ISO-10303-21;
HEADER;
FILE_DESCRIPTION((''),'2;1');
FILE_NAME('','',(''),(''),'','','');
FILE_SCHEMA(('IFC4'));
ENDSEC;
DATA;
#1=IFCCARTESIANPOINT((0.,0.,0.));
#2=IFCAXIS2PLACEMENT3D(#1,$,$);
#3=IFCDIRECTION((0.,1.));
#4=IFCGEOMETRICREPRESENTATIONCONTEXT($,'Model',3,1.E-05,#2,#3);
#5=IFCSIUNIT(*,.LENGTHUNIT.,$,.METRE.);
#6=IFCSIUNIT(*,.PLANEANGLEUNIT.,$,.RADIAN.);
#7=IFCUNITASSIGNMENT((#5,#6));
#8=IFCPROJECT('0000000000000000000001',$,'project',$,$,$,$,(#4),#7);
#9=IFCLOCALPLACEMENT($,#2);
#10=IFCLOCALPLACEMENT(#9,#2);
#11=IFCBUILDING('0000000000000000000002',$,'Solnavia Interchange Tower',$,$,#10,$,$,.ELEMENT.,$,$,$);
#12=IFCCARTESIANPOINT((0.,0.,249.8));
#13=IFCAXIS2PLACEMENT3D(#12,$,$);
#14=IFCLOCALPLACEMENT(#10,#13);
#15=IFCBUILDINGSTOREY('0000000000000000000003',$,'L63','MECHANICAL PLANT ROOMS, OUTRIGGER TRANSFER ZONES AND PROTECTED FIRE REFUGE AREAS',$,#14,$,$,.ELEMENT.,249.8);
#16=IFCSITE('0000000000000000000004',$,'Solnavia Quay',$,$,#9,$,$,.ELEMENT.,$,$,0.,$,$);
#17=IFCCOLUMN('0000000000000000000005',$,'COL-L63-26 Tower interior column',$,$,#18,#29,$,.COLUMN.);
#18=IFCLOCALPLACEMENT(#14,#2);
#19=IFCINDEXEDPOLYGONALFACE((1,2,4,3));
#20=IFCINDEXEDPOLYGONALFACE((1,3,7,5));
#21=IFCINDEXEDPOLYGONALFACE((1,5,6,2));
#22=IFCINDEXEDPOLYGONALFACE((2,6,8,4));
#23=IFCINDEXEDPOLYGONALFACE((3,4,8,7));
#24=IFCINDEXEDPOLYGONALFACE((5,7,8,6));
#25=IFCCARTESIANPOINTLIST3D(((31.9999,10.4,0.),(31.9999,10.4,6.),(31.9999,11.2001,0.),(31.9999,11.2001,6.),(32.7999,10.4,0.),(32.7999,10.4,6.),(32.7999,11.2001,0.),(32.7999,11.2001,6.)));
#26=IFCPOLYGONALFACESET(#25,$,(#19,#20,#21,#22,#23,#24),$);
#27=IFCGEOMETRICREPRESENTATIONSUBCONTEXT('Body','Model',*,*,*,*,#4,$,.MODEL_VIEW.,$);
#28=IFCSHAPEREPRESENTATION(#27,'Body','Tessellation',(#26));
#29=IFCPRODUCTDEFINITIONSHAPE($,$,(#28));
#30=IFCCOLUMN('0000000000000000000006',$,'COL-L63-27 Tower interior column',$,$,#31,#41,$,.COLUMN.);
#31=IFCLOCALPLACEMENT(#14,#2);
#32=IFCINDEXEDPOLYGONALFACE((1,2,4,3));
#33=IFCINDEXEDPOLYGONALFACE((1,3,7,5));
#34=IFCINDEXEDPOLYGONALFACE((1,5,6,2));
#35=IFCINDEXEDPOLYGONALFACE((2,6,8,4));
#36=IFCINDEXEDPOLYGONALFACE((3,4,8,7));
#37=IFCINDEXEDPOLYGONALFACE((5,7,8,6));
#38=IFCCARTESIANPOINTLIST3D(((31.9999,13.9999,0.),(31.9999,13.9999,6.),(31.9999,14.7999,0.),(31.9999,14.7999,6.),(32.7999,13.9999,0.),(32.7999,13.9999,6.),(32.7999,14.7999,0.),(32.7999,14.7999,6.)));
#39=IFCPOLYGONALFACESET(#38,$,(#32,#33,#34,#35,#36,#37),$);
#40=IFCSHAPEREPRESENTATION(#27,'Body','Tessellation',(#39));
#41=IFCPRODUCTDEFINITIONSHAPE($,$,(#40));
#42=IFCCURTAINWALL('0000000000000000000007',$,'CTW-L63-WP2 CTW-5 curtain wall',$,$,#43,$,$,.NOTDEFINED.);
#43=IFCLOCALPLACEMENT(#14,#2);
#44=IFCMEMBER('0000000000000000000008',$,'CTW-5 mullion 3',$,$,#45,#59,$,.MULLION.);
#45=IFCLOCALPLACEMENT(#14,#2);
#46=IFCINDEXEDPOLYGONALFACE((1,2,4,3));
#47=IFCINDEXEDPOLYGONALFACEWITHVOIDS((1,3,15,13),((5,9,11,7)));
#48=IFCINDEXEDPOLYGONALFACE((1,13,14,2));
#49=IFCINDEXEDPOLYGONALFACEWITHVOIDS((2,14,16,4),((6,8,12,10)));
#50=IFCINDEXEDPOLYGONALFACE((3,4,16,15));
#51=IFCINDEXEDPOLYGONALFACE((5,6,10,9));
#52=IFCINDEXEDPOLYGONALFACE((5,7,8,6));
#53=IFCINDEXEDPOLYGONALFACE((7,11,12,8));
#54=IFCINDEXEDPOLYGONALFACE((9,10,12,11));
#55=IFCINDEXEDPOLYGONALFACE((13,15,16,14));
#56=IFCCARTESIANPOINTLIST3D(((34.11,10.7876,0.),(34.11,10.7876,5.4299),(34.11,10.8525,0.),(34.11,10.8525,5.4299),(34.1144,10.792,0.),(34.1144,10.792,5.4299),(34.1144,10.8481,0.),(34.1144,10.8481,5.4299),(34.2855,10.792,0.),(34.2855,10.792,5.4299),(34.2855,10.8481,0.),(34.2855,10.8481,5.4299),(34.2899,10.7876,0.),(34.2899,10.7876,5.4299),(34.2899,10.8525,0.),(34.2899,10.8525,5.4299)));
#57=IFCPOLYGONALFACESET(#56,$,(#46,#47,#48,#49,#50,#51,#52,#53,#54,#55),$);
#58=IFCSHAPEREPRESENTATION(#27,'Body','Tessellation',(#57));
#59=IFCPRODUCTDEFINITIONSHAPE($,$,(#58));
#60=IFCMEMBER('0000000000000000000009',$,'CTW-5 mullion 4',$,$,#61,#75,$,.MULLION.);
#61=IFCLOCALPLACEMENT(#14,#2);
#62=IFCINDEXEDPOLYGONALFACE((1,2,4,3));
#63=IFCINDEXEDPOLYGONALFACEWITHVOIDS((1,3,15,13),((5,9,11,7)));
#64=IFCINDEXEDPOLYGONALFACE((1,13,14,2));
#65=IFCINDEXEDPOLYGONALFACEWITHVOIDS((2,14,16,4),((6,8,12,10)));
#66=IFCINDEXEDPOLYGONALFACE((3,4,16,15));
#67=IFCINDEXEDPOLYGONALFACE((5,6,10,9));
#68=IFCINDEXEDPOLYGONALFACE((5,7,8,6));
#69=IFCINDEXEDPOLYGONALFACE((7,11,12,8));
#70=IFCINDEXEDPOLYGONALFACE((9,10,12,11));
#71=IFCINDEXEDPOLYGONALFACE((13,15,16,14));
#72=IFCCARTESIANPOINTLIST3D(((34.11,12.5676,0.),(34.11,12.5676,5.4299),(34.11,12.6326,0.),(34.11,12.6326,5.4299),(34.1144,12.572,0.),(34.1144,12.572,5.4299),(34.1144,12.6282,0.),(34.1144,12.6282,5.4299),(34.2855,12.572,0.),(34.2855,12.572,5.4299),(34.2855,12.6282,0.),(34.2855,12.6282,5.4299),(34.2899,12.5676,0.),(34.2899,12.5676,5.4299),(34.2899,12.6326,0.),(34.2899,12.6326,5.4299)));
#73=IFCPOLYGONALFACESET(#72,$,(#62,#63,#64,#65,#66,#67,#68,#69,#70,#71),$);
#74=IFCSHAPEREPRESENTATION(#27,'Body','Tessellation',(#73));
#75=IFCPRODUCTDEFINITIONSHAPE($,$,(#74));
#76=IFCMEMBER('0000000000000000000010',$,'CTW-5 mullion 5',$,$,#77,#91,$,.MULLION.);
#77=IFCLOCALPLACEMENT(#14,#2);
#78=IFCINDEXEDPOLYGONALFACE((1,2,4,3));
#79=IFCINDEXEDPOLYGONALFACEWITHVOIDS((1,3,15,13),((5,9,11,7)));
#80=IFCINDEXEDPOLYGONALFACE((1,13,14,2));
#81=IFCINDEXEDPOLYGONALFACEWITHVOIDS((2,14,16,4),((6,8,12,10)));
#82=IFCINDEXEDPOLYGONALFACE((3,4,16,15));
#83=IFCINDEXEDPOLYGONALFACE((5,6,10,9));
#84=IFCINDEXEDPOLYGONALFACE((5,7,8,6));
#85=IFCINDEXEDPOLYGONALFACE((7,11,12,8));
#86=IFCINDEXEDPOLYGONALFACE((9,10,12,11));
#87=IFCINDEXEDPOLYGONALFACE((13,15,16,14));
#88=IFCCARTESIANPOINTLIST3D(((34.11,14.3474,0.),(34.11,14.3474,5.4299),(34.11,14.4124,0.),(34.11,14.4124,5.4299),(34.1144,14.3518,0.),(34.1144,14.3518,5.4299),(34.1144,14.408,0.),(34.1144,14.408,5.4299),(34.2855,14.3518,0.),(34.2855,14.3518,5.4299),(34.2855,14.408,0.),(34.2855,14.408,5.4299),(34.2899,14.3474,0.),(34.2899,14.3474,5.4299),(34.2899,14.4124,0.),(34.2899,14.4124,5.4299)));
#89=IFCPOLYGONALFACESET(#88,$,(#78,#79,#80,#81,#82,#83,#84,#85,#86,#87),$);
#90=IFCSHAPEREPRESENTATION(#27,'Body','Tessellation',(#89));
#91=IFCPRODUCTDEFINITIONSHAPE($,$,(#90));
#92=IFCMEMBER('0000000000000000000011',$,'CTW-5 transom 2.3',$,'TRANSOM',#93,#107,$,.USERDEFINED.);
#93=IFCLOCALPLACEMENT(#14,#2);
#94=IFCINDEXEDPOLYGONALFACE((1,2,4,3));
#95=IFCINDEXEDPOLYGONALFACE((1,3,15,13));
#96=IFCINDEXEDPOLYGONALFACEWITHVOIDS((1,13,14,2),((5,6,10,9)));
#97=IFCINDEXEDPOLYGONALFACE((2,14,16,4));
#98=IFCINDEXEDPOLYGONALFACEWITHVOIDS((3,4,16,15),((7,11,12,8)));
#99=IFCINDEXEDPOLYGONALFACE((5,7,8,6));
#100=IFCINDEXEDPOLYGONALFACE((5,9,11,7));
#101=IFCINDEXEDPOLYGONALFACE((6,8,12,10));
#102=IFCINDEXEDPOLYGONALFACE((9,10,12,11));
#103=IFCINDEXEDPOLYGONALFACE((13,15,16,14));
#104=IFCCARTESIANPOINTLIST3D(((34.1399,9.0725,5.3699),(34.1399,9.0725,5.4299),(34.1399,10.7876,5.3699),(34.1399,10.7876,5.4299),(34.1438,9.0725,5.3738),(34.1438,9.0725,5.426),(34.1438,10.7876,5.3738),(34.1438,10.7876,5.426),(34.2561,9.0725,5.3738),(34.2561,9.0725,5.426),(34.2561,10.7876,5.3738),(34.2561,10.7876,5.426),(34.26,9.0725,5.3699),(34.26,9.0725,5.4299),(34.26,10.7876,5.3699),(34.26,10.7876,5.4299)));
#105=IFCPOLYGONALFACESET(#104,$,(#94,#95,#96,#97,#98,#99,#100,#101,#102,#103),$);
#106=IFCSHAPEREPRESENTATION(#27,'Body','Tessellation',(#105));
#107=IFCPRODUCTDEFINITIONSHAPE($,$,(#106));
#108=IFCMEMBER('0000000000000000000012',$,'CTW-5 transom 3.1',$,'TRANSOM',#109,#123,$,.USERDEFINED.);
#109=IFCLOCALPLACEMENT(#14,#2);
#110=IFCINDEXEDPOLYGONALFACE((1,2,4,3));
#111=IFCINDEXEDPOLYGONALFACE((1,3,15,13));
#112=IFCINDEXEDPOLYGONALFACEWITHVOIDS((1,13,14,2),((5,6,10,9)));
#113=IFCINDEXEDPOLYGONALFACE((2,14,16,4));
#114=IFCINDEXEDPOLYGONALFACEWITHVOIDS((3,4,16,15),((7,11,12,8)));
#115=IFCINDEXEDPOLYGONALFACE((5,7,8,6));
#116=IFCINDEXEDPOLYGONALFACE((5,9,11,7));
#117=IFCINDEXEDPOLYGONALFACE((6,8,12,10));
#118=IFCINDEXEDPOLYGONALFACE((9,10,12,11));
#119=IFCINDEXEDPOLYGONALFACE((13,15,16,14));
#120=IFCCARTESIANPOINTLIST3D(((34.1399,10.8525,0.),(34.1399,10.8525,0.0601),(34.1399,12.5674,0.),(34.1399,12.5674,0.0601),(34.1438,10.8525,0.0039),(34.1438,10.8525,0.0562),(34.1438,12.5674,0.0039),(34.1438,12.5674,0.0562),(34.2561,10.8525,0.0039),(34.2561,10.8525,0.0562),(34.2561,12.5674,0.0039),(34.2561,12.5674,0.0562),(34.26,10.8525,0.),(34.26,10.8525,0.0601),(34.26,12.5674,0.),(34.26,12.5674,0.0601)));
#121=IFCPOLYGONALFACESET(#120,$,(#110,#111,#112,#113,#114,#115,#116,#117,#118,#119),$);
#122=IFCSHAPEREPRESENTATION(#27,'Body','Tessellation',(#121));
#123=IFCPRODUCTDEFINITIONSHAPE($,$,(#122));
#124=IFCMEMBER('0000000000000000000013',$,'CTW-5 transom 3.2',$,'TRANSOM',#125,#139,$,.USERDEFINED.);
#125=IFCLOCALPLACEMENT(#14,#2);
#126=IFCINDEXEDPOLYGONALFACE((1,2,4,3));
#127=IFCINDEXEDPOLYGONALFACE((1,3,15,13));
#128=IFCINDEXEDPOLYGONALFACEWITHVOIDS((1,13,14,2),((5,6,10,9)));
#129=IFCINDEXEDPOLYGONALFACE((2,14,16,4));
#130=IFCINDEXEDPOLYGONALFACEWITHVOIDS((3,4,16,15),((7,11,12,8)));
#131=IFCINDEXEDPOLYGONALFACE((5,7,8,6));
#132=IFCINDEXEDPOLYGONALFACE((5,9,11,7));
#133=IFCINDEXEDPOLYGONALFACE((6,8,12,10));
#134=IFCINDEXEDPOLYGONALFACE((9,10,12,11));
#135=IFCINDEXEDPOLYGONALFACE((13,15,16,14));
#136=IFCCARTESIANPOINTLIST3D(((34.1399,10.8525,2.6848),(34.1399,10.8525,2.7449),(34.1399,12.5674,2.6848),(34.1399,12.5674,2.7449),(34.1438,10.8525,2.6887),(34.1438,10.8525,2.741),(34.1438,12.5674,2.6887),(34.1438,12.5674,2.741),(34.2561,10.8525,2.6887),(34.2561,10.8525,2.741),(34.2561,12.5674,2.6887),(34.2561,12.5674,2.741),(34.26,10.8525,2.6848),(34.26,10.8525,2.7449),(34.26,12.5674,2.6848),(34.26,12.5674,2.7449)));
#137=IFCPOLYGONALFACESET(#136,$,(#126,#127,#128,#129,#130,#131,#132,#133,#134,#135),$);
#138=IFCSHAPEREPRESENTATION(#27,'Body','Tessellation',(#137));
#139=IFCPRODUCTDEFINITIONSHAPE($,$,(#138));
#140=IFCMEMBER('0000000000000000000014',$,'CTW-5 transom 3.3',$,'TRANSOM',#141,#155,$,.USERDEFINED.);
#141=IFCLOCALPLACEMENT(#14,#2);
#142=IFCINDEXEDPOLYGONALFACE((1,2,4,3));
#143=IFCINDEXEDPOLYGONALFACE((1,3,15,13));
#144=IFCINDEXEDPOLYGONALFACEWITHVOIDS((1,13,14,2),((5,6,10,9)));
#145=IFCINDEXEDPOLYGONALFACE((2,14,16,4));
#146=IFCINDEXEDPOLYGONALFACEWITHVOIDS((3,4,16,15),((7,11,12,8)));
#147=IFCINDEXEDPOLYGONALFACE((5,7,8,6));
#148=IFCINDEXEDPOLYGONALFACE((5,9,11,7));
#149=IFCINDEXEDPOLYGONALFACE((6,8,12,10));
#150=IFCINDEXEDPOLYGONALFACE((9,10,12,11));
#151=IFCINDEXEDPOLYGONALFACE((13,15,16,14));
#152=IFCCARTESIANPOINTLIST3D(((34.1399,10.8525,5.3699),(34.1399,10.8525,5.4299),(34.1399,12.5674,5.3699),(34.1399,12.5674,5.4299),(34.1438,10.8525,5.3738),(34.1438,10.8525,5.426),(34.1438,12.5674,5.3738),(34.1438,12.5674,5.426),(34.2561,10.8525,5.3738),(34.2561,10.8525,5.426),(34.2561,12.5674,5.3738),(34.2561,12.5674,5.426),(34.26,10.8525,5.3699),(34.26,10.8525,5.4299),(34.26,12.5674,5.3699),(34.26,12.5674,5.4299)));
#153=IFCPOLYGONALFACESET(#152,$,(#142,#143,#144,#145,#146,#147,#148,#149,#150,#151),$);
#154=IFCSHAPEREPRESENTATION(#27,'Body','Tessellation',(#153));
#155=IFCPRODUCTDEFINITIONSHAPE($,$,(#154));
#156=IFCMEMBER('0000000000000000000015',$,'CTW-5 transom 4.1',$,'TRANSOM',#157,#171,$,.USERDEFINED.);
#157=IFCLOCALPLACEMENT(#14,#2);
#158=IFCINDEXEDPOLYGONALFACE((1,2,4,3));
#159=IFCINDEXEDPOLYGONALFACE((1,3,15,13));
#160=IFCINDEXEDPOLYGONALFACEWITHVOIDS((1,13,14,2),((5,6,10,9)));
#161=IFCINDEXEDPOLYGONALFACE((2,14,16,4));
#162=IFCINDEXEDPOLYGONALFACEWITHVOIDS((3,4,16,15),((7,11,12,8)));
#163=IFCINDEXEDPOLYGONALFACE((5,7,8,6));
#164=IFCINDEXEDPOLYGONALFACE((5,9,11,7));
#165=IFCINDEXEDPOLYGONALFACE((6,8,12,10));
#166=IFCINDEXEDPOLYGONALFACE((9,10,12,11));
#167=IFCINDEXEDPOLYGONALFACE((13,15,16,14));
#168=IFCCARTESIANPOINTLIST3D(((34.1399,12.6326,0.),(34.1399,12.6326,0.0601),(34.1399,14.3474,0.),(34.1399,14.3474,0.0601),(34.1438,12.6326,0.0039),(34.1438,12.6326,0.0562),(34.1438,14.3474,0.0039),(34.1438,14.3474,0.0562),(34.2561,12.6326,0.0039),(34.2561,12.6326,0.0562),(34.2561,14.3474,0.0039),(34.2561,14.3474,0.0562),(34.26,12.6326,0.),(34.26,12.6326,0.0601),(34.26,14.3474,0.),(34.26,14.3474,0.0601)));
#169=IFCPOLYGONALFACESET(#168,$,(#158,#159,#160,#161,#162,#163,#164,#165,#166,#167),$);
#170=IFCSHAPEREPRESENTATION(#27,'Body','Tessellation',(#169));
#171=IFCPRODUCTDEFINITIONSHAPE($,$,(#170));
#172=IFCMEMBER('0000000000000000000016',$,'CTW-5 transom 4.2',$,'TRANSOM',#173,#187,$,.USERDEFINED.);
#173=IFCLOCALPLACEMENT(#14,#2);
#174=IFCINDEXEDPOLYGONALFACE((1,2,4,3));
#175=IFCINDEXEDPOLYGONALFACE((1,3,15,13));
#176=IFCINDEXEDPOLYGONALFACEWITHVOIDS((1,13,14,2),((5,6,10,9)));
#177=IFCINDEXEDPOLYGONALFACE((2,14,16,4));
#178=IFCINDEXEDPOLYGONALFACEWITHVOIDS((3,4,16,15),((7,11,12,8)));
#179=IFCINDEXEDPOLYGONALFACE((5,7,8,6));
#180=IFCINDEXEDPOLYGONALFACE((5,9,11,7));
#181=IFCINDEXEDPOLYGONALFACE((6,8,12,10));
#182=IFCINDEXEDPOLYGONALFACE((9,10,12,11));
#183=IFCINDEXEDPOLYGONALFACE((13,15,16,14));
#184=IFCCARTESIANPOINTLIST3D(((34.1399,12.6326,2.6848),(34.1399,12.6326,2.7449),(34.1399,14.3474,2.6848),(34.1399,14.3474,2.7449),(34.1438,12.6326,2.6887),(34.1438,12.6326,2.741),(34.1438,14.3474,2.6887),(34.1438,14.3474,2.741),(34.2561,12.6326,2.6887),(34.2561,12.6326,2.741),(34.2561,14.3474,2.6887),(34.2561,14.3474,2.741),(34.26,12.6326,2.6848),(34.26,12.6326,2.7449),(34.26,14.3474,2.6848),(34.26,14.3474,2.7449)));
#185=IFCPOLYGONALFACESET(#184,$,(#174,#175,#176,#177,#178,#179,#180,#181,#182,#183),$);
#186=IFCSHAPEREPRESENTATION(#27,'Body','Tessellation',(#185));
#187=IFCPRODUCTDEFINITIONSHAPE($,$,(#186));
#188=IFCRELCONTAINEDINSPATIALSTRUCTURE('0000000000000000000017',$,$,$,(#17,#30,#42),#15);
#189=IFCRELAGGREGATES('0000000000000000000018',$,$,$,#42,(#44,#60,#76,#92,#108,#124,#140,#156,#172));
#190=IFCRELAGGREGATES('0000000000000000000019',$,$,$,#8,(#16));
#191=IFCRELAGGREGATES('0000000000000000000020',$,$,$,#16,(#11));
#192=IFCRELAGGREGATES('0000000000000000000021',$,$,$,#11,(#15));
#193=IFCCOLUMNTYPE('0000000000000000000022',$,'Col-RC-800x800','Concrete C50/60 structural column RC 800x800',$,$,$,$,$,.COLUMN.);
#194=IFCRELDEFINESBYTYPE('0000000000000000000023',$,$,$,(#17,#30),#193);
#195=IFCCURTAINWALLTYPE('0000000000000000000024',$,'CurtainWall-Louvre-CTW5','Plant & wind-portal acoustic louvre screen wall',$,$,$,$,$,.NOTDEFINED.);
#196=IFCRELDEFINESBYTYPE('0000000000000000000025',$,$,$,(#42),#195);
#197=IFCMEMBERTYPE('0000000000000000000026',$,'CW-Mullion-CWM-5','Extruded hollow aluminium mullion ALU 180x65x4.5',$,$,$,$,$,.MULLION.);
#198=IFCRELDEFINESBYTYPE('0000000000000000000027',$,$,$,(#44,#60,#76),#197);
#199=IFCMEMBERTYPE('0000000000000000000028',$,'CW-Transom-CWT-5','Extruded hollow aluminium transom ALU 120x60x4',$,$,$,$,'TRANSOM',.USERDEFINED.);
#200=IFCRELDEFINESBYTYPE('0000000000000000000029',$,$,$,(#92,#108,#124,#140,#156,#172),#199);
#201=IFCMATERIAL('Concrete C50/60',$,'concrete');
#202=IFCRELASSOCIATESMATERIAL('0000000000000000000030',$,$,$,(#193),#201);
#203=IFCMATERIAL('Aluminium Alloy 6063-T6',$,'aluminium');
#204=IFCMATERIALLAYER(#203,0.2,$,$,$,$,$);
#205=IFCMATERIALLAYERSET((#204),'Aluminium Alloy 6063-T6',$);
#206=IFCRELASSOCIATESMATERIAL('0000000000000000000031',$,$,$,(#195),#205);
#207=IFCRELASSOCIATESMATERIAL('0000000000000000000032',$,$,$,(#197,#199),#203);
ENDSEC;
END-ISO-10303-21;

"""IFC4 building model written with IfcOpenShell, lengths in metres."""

from ifc_helpers import new_model, si_unit, direction, frame, origin, origin_2d, place, context, subcontext, project, spatial, rectangle, hollow_rectangle, extrude, material, layer, layer_set, material_profile, profile_set, type_object, element, aggregate, save


model = new_model("IFC4")

# Units and contexts
model_context = context("Model", 3, precision=1e-05, world=origin(), true_north=direction((0.0, 1.0)))
body_context = subcontext(model_context, "Body", "Model", "MODEL_VIEW")
ifc_project = project(units=[si_unit("LENGTHUNIT", "METRE"), si_unit("PLANEANGLEUNIT", "RADIAN")], contexts=[model_context])

# Site, building, storey
site_placement = place(None, origin())
site = spatial("IfcSite", under=ifc_project, at=site_placement, Name="Solnavia Quay", CompositionType="ELEMENT", RefElevation=0.0)
building_placement = place(site_placement, origin())
building = spatial("IfcBuilding", under=site, at=building_placement, Name="Solnavia Interchange Tower", CompositionType="ELEMENT")
storey_placement = place(building_placement, frame((0.0, 0.0, 249.8)))
storey = spatial("IfcBuildingStorey", under=building, at=storey_placement, Name="L63", Description="MECHANICAL PLANT ROOMS, OUTRIGGER TRANSFER ZONES AND PROTECTED FIRE REFUGE AREAS", CompositionType="ELEMENT", Elevation=249.8)

# Columns
ifc_material_1 = material(Name="Concrete C50/60", Category="concrete")
ifc_material_profile_1 = material_profile(ifc_material_1, rectangle(XDim=0.8, YDim=0.8, at=origin_2d()), Name="RC 800x800")
ifc_profile_set_1 = profile_set([ifc_material_profile_1], Name="Concrete C50/60")
column_type = type_object("IfcColumnType", Name="Col-RC-800x800", Description="Concrete C50/60 structural column RC 800x800", PredefinedType="COLUMN", material=ifc_profile_set_1)
for number, where, z_axis, x_axis, name in (
    (1, (32.3999, 10.8, 0.0), (0.0, 0.0, 1.0), (1.0, 0.0, 0.0), "COL-L63-26 Tower interior column"),
    (2, (32.3999, 14.3999, 0.0), (0.0, 0.0, 1.0), (1.0, 0.0, 0.0), "COL-L63-27 Tower interior column"),
):
    element("IfcColumn", number, at=place(storey_placement, frame(where, z_axis=z_axis, x_axis=x_axis)), inside=storey, type_object=column_type, Name=name, PredefinedType="COLUMN", context=body_context, shape_type="SweptSolid", body=[
        extrude(rectangle(XDim=0.8, YDim=0.8, at=origin_2d()), origin(), (0.0, 0.0, 1.0), 6.0),
    ])

# Curtain wall, members
ifc_material_2 = material(Name="Aluminium Alloy 6063-T6", Category="aluminium")
ifc_layer_1 = layer(ifc_material_2, 0.2)
ifc_layer_set_1 = layer_set([ifc_layer_1], Name="Aluminium Alloy 6063-T6")
curtain_wall_type = type_object("IfcCurtainWallType", Name="CurtainWall-Louvre-CTW5", Description="Plant & wind-portal acoustic louvre screen wall", PredefinedType="NOTDEFINED", material=ifc_layer_set_1)
curtain_wall_placement = place(storey_placement, origin())
curtain_wall = element("IfcCurtainWall", 3, at=curtain_wall_placement, inside=storey, type_object=curtain_wall_type, Name="CTW-L63-WP2 CTW-5 curtain wall", PredefinedType="NOTDEFINED")
ifc_material_profile_2 = material_profile(ifc_material_2, hollow_rectangle(XDim=0.0649, YDim=0.1799, WallThickness=0.0044, at=origin_2d()), Name="ALU 180x65x4.5")
ifc_profile_set_2 = profile_set([ifc_material_profile_2], Name="Aluminium Alloy 6063-T6")
member_type_1 = type_object("IfcMemberType", Name="CW-Mullion-CWM-5", Description="Extruded hollow aluminium mullion ALU 180x65x4.5", PredefinedType="MULLION", material=ifc_profile_set_2)
member_1_placement = place(storey_placement, frame((34.2, 10.8201, 0.0), z_axis=(0.0, 0.0, 1.0), x_axis=(0.0, 1.0, 0.0)))
member_1 = element("IfcMember", 4, at=member_1_placement, type_object=member_type_1, Name="CTW-5 mullion 3", PredefinedType="MULLION", context=body_context, shape_type="SweptSolid", body=[
    extrude(hollow_rectangle(XDim=0.0649, YDim=0.1799, WallThickness=0.0044, at=origin_2d()), origin(), (0.0, 0.0, 1.0), 5.4299),
])
member_2_placement = place(storey_placement, frame((34.2, 12.6001, 0.0), z_axis=(0.0, 0.0, 1.0), x_axis=(0.0, 1.0, 0.0)))
member_2 = element("IfcMember", 5, at=member_2_placement, type_object=member_type_1, Name="CTW-5 mullion 4", PredefinedType="MULLION", context=body_context, shape_type="SweptSolid", body=[
    extrude(hollow_rectangle(XDim=0.0649, YDim=0.1799, WallThickness=0.0044, at=origin_2d()), origin(), (0.0, 0.0, 1.0), 5.4299),
])
member_3_placement = place(storey_placement, frame((34.2, 14.3799, 0.0), z_axis=(0.0, 0.0, 1.0), x_axis=(0.0, 1.0, 0.0)))
member_3 = element("IfcMember", 6, at=member_3_placement, type_object=member_type_1, Name="CTW-5 mullion 5", PredefinedType="MULLION", context=body_context, shape_type="SweptSolid", body=[
    extrude(hollow_rectangle(XDim=0.0649, YDim=0.1799, WallThickness=0.0044, at=origin_2d()), origin(), (0.0, 0.0, 1.0), 5.4299),
])
ifc_material_profile_3 = material_profile(ifc_material_2, hollow_rectangle(XDim=0.0601, YDim=0.1201, WallThickness=0.0039, at=origin_2d()), Name="ALU 120x60x4")
ifc_profile_set_3 = profile_set([ifc_material_profile_3], Name="Aluminium Alloy 6063-T6")
member_type_2 = type_object("IfcMemberType", Name="CW-Transom-CWT-5", Description="Extruded hollow aluminium transom ALU 120x60x4", ElementType="TRANSOM", PredefinedType="USERDEFINED", material=ifc_profile_set_3)
member_4_placement = place(storey_placement, frame((34.2, 9.0725, 5.3999), z_axis=(0.0, 1.0, 0.0), x_axis=(0.0, 0.0, 1.0)))
member_4 = element("IfcMember", 7, at=member_4_placement, type_object=member_type_2, Name="CTW-5 transom 2.3", ObjectType="TRANSOM", PredefinedType="USERDEFINED", context=body_context, shape_type="SweptSolid", body=[
    extrude(hollow_rectangle(XDim=0.0601, YDim=0.1201, WallThickness=0.0039, at=origin_2d()), origin(), (0.0, 0.0, 1.0), 1.7151),
])
member_5_placement = place(storey_placement, frame((34.2, 10.8525, 0.03), z_axis=(0.0, 1.0, 0.0), x_axis=(0.0, 0.0, 1.0)))
member_5 = element("IfcMember", 8, at=member_5_placement, type_object=member_type_2, Name="CTW-5 transom 3.1", ObjectType="TRANSOM", PredefinedType="USERDEFINED", context=body_context, shape_type="SweptSolid", body=[
    extrude(hollow_rectangle(XDim=0.0601, YDim=0.1201, WallThickness=0.0039, at=origin_2d()), origin(), (0.0, 0.0, 1.0), 1.7148),
])
member_6_placement = place(storey_placement, frame((34.2, 10.8525, 2.7148), z_axis=(0.0, 1.0, 0.0), x_axis=(0.0, 0.0, 1.0)))
member_6 = element("IfcMember", 9, at=member_6_placement, type_object=member_type_2, Name="CTW-5 transom 3.2", ObjectType="TRANSOM", PredefinedType="USERDEFINED", context=body_context, shape_type="SweptSolid", body=[
    extrude(hollow_rectangle(XDim=0.0601, YDim=0.1201, WallThickness=0.0039, at=origin_2d()), origin(), (0.0, 0.0, 1.0), 1.7148),
])
member_7_placement = place(storey_placement, frame((34.2, 10.8525, 5.3999), z_axis=(0.0, 1.0, 0.0), x_axis=(0.0, 0.0, 1.0)))
member_7 = element("IfcMember", 10, at=member_7_placement, type_object=member_type_2, Name="CTW-5 transom 3.3", ObjectType="TRANSOM", PredefinedType="USERDEFINED", context=body_context, shape_type="SweptSolid", body=[
    extrude(hollow_rectangle(XDim=0.0601, YDim=0.1201, WallThickness=0.0039, at=origin_2d()), origin(), (0.0, 0.0, 1.0), 1.7148),
])
member_8_placement = place(storey_placement, frame((34.2, 12.6326, 0.03), z_axis=(0.0, 1.0, 0.0), x_axis=(0.0, 0.0, 1.0)))
member_8 = element("IfcMember", 11, at=member_8_placement, type_object=member_type_2, Name="CTW-5 transom 4.1", ObjectType="TRANSOM", PredefinedType="USERDEFINED", context=body_context, shape_type="SweptSolid", body=[
    extrude(hollow_rectangle(XDim=0.0601, YDim=0.1201, WallThickness=0.0039, at=origin_2d()), origin(), (0.0, 0.0, 1.0), 1.7148),
])
member_9_placement = place(storey_placement, frame((34.2, 12.6326, 2.7148), z_axis=(0.0, 1.0, 0.0), x_axis=(0.0, 0.0, 1.0)))
member_9 = element("IfcMember", 12, at=member_9_placement, type_object=member_type_2, Name="CTW-5 transom 4.2", ObjectType="TRANSOM", PredefinedType="USERDEFINED", context=body_context, shape_type="SweptSolid", body=[
    extrude(hollow_rectangle(XDim=0.0601, YDim=0.1201, WallThickness=0.0039, at=origin_2d()), origin(), (0.0, 0.0, 1.0), 1.7148),
])
aggregate(curtain_wall, [member_1, member_2, member_3, member_4, member_5, member_6, member_7, member_8, member_9])

save(model, "model.ifc")
